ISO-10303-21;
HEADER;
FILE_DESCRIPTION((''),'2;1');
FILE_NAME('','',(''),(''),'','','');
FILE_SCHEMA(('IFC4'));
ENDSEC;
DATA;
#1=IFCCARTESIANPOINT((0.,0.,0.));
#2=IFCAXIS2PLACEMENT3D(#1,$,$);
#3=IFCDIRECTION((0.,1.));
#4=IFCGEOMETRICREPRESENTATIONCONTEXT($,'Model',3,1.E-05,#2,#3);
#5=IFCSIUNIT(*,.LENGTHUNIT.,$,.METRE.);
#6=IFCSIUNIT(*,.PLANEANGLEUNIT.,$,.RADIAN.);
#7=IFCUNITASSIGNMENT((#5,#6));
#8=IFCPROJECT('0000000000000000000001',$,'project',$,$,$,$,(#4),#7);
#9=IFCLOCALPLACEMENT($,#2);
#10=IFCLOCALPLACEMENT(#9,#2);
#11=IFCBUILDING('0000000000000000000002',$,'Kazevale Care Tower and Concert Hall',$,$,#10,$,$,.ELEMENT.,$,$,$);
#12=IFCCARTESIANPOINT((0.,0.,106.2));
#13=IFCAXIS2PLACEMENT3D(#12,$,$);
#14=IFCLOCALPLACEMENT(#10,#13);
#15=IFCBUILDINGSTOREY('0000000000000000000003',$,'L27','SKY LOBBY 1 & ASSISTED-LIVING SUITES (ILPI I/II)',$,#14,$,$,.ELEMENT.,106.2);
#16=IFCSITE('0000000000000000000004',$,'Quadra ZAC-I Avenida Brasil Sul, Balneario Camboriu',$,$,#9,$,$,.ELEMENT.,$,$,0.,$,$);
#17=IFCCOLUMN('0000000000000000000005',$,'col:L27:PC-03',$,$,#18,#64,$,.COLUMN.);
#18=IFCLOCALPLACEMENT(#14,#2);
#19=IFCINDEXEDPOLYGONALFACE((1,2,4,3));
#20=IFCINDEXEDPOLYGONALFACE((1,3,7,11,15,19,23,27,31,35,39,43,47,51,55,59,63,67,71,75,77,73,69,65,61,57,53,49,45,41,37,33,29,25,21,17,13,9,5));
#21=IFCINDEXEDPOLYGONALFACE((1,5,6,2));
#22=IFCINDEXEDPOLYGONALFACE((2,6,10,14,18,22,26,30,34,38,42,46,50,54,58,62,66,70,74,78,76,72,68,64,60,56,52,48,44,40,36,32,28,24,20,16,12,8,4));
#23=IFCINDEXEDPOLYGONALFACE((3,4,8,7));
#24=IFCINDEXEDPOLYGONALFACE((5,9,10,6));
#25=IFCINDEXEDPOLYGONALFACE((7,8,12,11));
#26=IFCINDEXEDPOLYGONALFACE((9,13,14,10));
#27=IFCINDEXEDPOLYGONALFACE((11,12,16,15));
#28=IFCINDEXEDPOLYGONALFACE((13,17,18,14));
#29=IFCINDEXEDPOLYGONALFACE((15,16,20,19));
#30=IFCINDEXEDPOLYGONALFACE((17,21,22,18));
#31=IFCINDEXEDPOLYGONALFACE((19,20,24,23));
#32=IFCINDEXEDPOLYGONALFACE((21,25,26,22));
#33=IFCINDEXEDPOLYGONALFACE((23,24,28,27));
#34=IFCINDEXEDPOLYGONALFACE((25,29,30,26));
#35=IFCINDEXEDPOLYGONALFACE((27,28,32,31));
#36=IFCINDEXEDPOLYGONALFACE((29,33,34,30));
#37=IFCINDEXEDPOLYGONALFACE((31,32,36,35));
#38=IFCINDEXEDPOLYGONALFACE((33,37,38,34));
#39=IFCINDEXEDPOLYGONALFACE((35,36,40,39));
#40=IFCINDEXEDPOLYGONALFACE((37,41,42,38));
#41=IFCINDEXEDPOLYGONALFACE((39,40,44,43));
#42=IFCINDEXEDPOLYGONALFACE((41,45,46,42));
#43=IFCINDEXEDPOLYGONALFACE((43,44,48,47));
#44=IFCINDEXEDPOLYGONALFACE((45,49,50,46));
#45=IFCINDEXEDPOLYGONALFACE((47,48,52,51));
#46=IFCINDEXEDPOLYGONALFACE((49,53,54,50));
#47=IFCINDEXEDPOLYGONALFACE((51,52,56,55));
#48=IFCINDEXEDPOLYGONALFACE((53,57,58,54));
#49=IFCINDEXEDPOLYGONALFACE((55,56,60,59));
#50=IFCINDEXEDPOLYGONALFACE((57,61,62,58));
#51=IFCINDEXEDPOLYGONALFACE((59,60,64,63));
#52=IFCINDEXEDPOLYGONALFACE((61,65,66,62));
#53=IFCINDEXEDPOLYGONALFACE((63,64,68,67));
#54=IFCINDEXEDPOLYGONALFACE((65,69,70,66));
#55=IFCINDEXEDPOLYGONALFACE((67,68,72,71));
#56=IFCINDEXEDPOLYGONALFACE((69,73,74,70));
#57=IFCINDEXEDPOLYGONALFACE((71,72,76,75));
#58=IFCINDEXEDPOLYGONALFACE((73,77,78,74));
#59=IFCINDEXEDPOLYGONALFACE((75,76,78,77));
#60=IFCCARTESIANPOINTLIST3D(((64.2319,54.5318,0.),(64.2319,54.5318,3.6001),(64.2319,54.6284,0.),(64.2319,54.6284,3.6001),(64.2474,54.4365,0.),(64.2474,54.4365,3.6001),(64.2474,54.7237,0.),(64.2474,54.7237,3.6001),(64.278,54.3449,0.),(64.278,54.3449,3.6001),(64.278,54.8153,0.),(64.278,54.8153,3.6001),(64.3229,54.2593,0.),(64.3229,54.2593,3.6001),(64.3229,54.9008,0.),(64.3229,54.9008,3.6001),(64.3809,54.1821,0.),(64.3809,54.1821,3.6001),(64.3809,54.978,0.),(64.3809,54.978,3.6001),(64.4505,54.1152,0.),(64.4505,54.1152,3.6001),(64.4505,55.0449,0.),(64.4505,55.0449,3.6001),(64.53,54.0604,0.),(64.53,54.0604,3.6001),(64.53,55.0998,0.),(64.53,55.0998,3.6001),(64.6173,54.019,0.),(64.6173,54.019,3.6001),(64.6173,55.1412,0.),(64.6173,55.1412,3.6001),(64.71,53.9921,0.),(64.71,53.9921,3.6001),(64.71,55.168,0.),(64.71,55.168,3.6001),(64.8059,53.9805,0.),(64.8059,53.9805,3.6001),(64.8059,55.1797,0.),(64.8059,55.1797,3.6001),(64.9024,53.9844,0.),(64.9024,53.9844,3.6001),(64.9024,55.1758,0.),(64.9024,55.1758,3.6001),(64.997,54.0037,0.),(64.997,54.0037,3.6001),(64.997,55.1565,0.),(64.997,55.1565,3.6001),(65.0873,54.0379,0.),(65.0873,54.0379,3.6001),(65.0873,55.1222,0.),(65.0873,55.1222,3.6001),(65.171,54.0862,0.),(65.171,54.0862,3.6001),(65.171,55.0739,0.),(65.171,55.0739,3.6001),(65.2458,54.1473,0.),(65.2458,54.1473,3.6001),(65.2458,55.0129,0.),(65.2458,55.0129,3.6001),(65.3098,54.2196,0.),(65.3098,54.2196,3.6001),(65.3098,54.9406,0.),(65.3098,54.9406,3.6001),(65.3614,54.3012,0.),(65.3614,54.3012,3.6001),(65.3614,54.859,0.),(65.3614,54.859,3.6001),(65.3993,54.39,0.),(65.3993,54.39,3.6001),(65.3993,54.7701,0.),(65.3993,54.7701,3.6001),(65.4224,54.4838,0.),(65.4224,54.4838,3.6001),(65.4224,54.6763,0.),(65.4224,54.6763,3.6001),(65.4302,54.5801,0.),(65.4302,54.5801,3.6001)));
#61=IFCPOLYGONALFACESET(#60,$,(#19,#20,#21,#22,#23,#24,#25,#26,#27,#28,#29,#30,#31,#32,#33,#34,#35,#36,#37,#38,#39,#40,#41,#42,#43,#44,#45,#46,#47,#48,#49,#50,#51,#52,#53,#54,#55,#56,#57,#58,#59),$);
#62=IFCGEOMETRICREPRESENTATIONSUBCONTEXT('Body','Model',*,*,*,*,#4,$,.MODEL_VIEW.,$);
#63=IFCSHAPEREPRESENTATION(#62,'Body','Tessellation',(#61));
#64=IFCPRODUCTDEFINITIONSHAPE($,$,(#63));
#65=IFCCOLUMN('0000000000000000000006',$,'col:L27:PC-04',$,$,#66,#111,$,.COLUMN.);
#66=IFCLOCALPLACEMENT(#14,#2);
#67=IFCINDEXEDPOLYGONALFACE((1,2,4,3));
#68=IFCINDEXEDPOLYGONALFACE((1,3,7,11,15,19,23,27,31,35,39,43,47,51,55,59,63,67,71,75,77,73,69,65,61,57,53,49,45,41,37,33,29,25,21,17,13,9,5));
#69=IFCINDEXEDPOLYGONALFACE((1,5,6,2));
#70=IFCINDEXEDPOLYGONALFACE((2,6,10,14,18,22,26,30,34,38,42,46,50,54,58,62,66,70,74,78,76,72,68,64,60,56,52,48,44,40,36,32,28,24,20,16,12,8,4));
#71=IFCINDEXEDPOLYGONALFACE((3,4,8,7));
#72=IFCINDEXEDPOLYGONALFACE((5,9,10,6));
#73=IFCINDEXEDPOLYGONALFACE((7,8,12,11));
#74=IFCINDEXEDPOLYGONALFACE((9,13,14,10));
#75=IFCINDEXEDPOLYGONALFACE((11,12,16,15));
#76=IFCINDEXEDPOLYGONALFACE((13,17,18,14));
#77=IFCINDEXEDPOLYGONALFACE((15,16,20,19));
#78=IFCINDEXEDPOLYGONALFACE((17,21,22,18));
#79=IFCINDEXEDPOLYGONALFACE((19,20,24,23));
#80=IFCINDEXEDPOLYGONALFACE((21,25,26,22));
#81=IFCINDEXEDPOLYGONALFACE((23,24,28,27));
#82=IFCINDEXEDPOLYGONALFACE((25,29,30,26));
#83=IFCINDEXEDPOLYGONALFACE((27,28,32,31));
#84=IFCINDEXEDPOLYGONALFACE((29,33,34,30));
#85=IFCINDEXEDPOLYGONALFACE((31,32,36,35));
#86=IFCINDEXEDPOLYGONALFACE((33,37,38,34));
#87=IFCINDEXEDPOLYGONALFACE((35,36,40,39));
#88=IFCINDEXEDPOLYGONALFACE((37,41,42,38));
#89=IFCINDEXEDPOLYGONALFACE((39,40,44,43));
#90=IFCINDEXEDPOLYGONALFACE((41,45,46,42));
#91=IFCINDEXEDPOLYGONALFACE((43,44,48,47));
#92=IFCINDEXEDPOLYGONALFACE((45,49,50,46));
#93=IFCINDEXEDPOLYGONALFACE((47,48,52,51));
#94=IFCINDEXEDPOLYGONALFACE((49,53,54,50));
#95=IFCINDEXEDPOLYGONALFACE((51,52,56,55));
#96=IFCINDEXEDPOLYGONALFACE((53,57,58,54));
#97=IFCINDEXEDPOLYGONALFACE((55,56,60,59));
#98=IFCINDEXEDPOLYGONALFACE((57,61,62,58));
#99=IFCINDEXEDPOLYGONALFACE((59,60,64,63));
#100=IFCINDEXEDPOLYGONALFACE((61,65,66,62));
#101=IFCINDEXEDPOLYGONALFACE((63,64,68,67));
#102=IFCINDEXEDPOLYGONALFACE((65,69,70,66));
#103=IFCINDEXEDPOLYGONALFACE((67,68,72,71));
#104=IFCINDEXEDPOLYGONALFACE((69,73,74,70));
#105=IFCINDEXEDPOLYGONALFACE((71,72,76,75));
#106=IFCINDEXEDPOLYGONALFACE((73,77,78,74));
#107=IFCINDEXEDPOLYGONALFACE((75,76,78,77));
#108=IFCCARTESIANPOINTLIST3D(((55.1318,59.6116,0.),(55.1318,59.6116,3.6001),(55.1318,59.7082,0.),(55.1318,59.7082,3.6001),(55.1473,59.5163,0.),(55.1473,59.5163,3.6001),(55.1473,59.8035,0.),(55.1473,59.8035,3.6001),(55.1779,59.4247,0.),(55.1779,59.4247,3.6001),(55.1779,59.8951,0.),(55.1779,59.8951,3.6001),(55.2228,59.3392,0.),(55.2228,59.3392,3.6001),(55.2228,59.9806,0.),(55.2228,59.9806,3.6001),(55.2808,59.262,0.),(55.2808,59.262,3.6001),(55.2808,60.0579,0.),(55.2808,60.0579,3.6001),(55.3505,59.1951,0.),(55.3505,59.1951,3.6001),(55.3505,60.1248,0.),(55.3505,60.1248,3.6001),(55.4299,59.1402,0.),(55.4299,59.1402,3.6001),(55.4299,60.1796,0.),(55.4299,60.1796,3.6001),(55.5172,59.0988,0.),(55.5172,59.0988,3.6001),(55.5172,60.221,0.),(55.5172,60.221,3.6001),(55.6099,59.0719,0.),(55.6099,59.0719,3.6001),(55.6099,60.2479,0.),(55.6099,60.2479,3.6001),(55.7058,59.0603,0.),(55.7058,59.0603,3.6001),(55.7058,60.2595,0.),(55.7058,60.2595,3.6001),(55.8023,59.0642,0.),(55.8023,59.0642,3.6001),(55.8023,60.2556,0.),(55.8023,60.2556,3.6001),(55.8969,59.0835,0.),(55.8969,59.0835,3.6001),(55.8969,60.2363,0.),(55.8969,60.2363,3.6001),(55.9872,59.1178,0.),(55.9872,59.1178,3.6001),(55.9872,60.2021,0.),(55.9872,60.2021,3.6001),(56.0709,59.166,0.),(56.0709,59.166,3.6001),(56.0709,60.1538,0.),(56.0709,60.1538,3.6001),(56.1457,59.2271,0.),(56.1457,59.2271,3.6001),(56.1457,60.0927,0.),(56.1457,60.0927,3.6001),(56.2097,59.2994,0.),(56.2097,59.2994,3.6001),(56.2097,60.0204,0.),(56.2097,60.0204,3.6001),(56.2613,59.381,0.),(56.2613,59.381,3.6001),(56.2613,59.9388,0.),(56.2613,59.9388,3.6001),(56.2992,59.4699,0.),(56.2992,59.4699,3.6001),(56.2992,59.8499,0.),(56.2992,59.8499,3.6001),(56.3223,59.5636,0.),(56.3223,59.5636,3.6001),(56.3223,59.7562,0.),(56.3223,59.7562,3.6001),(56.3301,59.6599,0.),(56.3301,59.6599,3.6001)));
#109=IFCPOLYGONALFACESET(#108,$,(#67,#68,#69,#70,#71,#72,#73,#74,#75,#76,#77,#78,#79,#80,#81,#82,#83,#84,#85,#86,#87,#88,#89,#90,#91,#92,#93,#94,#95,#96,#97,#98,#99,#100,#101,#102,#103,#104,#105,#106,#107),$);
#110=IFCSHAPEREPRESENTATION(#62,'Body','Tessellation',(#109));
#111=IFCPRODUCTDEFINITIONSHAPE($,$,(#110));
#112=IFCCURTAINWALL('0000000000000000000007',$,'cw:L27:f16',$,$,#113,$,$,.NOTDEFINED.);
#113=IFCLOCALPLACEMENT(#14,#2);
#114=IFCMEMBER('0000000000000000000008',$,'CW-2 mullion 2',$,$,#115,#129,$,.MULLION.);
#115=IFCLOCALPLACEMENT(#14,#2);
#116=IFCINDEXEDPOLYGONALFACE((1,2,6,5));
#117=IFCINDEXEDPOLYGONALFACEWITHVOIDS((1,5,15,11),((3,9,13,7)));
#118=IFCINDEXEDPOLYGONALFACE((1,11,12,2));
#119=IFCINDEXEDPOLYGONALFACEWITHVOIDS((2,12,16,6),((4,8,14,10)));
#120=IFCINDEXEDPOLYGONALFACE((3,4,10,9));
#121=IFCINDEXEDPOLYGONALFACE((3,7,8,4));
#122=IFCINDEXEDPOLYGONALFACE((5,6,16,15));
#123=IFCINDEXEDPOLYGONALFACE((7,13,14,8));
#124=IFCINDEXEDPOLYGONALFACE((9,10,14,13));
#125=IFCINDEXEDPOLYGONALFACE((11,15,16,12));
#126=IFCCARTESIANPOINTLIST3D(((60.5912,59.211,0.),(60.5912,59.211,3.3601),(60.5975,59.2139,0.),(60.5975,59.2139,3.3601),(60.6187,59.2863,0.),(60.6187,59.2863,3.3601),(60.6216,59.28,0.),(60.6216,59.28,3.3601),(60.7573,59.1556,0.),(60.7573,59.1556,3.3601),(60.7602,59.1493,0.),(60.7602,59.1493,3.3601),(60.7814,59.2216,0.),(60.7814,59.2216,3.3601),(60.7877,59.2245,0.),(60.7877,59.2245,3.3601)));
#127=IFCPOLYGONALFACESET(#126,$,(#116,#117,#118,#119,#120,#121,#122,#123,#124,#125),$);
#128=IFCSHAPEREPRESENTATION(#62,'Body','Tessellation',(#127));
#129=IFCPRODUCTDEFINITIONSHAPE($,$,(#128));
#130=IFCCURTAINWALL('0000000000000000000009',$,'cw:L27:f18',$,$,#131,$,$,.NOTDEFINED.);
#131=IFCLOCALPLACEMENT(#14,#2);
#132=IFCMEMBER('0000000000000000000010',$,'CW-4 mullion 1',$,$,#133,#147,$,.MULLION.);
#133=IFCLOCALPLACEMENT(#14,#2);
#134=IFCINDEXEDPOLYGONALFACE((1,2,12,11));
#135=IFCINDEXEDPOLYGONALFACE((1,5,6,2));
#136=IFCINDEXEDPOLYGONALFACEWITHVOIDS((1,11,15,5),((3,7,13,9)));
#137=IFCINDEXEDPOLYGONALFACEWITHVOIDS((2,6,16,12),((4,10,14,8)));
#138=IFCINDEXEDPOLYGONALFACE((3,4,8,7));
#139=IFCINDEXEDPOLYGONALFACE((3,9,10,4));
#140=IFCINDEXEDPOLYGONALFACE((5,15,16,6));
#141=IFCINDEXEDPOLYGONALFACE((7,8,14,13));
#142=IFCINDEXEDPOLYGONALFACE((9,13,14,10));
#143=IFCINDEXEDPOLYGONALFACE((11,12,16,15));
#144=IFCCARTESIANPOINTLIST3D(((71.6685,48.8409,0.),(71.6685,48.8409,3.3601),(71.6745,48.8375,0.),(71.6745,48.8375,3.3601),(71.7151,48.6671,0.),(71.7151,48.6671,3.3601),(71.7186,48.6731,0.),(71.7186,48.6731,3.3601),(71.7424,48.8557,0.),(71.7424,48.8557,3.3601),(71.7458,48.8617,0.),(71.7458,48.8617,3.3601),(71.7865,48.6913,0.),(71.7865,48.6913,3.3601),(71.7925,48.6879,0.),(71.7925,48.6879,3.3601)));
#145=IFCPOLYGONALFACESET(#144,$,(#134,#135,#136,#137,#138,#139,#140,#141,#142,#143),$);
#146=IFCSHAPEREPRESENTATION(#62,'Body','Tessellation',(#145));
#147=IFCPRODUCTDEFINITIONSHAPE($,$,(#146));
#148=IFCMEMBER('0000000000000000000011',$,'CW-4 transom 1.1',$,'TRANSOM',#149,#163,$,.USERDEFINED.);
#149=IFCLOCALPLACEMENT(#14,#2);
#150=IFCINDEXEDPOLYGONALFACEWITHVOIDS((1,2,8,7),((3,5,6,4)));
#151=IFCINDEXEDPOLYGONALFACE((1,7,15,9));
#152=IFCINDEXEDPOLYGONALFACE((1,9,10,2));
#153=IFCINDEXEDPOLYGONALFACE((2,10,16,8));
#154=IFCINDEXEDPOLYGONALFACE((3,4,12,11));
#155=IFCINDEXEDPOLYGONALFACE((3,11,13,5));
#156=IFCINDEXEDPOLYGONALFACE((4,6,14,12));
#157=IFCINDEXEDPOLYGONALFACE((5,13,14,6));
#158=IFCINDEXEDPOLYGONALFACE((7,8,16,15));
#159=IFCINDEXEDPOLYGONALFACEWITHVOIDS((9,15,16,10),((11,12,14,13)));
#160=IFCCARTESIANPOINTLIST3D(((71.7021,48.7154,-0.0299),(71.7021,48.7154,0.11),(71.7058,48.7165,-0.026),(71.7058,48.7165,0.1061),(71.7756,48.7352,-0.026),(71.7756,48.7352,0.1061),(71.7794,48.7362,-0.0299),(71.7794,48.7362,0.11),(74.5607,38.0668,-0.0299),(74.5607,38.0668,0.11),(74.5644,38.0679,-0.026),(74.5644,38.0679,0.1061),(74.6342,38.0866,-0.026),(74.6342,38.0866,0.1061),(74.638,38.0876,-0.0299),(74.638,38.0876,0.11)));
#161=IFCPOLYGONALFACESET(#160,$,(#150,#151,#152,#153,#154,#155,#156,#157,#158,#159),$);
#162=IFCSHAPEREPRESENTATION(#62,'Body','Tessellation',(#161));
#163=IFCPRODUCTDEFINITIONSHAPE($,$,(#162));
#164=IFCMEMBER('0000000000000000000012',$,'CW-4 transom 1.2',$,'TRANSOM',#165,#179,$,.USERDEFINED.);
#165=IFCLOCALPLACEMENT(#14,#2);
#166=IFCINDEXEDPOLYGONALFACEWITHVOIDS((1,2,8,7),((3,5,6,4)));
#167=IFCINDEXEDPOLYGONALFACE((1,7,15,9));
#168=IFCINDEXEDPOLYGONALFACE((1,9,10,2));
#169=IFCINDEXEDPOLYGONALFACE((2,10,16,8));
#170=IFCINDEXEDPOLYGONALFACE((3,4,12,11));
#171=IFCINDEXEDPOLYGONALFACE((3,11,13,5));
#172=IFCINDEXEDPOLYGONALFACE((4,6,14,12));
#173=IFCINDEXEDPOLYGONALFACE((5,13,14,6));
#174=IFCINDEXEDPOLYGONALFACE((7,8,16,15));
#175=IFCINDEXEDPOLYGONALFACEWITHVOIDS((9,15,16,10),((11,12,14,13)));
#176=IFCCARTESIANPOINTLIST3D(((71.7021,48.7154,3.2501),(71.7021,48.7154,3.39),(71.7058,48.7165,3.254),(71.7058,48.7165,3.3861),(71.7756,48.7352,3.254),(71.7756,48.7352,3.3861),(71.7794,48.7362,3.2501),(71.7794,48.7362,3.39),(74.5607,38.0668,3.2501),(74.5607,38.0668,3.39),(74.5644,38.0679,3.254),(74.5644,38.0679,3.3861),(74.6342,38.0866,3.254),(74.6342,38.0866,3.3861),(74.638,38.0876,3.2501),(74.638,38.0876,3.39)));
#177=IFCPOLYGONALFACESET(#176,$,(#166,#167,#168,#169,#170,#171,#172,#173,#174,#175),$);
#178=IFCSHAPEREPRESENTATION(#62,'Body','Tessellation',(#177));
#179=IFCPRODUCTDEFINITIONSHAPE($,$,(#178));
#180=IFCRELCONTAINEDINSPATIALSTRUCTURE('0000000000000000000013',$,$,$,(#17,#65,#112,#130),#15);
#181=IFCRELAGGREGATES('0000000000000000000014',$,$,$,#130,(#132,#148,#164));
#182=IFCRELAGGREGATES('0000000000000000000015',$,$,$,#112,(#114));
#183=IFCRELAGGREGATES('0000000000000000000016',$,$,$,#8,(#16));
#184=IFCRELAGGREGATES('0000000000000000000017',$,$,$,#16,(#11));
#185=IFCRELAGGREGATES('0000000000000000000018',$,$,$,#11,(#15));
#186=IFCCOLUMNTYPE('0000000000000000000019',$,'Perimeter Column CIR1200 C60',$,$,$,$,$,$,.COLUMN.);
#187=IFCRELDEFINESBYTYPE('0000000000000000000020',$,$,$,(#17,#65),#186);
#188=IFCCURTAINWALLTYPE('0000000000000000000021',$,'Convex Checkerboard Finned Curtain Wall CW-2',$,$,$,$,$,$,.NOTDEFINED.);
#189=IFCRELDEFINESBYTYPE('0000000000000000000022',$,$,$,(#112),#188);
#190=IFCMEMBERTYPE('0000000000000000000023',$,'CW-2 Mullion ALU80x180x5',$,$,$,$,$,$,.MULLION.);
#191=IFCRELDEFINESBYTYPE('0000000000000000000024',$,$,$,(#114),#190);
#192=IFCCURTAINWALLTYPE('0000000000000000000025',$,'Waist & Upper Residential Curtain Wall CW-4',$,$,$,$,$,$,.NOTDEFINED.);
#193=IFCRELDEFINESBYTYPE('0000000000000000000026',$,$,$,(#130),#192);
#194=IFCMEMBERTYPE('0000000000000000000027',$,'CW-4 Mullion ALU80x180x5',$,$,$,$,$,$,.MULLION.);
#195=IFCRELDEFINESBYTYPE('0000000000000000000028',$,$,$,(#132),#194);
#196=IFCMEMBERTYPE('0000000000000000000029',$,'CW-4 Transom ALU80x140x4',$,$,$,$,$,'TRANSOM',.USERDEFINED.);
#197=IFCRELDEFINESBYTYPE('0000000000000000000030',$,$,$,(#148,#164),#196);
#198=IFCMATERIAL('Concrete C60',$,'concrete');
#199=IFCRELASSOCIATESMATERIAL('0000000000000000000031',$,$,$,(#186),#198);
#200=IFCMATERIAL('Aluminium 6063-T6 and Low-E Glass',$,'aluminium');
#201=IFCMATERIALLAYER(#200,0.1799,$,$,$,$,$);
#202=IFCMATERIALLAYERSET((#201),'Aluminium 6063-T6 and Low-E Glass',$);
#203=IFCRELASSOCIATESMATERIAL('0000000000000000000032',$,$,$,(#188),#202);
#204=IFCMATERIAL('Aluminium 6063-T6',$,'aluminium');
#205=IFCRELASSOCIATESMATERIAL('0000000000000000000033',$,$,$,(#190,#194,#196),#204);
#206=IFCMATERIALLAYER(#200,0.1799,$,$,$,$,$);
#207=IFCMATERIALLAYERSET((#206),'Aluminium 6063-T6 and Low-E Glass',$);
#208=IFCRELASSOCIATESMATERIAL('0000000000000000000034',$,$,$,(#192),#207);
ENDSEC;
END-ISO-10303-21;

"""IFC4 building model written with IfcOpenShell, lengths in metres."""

from ifc_helpers import new_model, si_unit, direction, frame, origin, origin_2d, place, context, subcontext, project, spatial, hollow_rectangle, circle, extrude, material, layer, layer_set, material_profile, profile_set, type_object, element, aggregate, save


model = new_model("IFC4")

# Units and contexts
model_context = context("Model", 3, precision=1e-05, world=origin(), true_north=direction((0.0, 1.0)))
body_context = subcontext(model_context, "Body", "Model", "MODEL_VIEW")
ifc_project = project(units=[si_unit("LENGTHUNIT", "METRE"), si_unit("PLANEANGLEUNIT", "RADIAN")], contexts=[model_context])

# Site, building, storey
site_placement = place(None, origin())
site = spatial("IfcSite", under=ifc_project, at=site_placement, Name="Quadra ZAC-I Avenida Brasil Sul, Balneario Camboriu", CompositionType="ELEMENT", RefElevation=0.0)
building_placement = place(site_placement, origin())
building = spatial("IfcBuilding", under=site, at=building_placement, Name="Kazevale Care Tower and Concert Hall", CompositionType="ELEMENT")
storey_placement = place(building_placement, frame((0.0, 0.0, 106.2)))
storey = spatial("IfcBuildingStorey", under=building, at=storey_placement, Name="L27", Description="SKY LOBBY 1 & ASSISTED-LIVING SUITES (ILPI I/II)", CompositionType="ELEMENT", Elevation=106.2)

# Columns
ifc_material_1 = material(Name="Concrete C60", Category="concrete")
ifc_material_profile_1 = material_profile(ifc_material_1, circle(Radius=0.6001, at=origin_2d()), Name="RC-CIR1200")
ifc_profile_set_1 = profile_set([ifc_material_profile_1], Name="Concrete C60")
column_type = type_object("IfcColumnType", Name="Perimeter Column CIR1200 C60", PredefinedType="COLUMN", material=ifc_profile_set_1)
for number, where, z_axis, x_axis, name in (
    (1, (64.8301, 54.5801, 0.0), (0.0, 0.0, 1.0), (1.0, 0.0, 0.0), "col:L27:PC-03"),
    (2, (55.73, 59.6599, 0.0), (0.0, 0.0, 1.0), (1.0, 0.0, 0.0), "col:L27:PC-04"),
):
    element("IfcColumn", number, at=place(storey_placement, frame(where, z_axis=z_axis, x_axis=x_axis)), inside=storey, type_object=column_type, Name=name, PredefinedType="COLUMN", context=body_context, shape_type="SweptSolid", body=[
        extrude(circle(Radius=0.6001, at=origin_2d()), origin(), (0.0, 0.0, 1.0), 3.6001),
    ])

# Curtain wall, member
ifc_material_2 = material(Name="Aluminium 6063-T6 and Low-E Glass", Category="aluminium")
ifc_layer_1 = layer(ifc_material_2, 0.1799)
ifc_layer_set_1 = layer_set([ifc_layer_1], Name="Aluminium 6063-T6 and Low-E Glass")
curtain_wall_type_1 = type_object("IfcCurtainWallType", Name="Convex Checkerboard Finned Curtain Wall CW-2", PredefinedType="NOTDEFINED", material=ifc_layer_set_1)
curtain_wall_1_placement = place(storey_placement, origin())
curtain_wall_1 = element("IfcCurtainWall", 3, at=curtain_wall_1_placement, inside=storey, type_object=curtain_wall_type_1, Name="cw:L27:f16", PredefinedType="NOTDEFINED")
ifc_material_3 = material(Name="Aluminium 6063-T6", Category="aluminium")
ifc_material_profile_2 = material_profile(ifc_material_3, hollow_rectangle(XDim=0.0801, YDim=0.1799, WallThickness=0.0049, at=origin_2d()), Name="ALU80x180x5")
ifc_profile_set_2 = profile_set([ifc_material_profile_2], Name="Aluminium 6063-T6")
member_type_1 = type_object("IfcMemberType", Name="CW-2 Mullion ALU80x180x5", PredefinedType="MULLION", material=ifc_profile_set_2)
member_1_placement = place(storey_placement, frame((60.6895, 59.2178, 0.0), z_axis=(0.0, 0.0, 1.0), x_axis=(0.343143, 0.939283, 0.0)))
member_1 = element("IfcMember", 4, at=member_1_placement, type_object=member_type_1, Name="CW-2 mullion 2", PredefinedType="MULLION", context=body_context, shape_type="SweptSolid", body=[
    extrude(hollow_rectangle(XDim=0.0801, YDim=0.1799, WallThickness=0.0049, at=origin_2d()), origin(), (0.0, 0.0, 1.0), 3.3601),
])

# Curtain wall, members
ifc_layer_2 = layer(ifc_material_2, 0.1799)
ifc_layer_set_2 = layer_set([ifc_layer_2], Name="Aluminium 6063-T6 and Low-E Glass")
curtain_wall_type_2 = type_object("IfcCurtainWallType", Name="Waist & Upper Residential Curtain Wall CW-4", PredefinedType="NOTDEFINED", material=ifc_layer_set_2)
curtain_wall_2_placement = place(storey_placement, origin())
curtain_wall_2 = element("IfcCurtainWall", 5, at=curtain_wall_2_placement, inside=storey, type_object=curtain_wall_type_2, Name="cw:L27:f18", PredefinedType="NOTDEFINED")
ifc_material_profile_3 = material_profile(ifc_material_3, hollow_rectangle(XDim=0.0801, YDim=0.1799, WallThickness=0.0049, at=origin_2d()), Name="ALU80x180x5")
ifc_profile_set_3 = profile_set([ifc_material_profile_3], Name="Aluminium 6063-T6")
member_type_2 = type_object("IfcMemberType", Name="CW-4 Mullion ALU80x180x5", PredefinedType="MULLION", material=ifc_profile_set_3)
member_2_placement = place(storey_placement, frame((71.7305, 48.7644, 0.0), z_axis=(0.0, 0.0, 1.0), x_axis=(0.965806, 0.259265, 0.0)))
member_2 = element("IfcMember", 6, at=member_2_placement, type_object=member_type_2, Name="CW-4 mullion 1", PredefinedType="MULLION", context=body_context, shape_type="SweptSolid", body=[
    extrude(hollow_rectangle(XDim=0.0801, YDim=0.1799, WallThickness=0.0049, at=origin_2d()), origin(), (0.0, 0.0, 1.0), 3.3601),
])
ifc_material_profile_4 = material_profile(ifc_material_3, hollow_rectangle(XDim=0.0801, YDim=0.1399, WallThickness=0.0039, at=origin_2d()), Name="ALU80x140x4")
ifc_profile_set_4 = profile_set([ifc_material_profile_4], Name="Aluminium 6063-T6")
member_type_3 = type_object("IfcMemberType", Name="CW-4 Transom ALU80x140x4", ElementType="TRANSOM", PredefinedType="USERDEFINED", material=ifc_profile_set_4)
member_3_placement = place(storey_placement, frame((71.7407, 48.7258, 0.04), z_axis=(0.259271, -0.965805, 0.0), x_axis=(0.965805, 0.259271, 0.0)))
member_3 = element("IfcMember", 7, at=member_3_placement, type_object=member_type_3, Name="CW-4 transom 1.1", ObjectType="TRANSOM", PredefinedType="USERDEFINED", context=body_context, shape_type="SweptSolid", body=[
    extrude(hollow_rectangle(XDim=0.0801, YDim=0.1399, WallThickness=0.0039, at=origin_2d()), origin(), (0.0, 0.0, 1.0), 11.0256),
])
member_4_placement = place(storey_placement, frame((71.7407, 48.7258, 3.3201), z_axis=(0.259271, -0.965805, 0.0), x_axis=(0.965805, 0.259271, 0.0)))
member_4 = element("IfcMember", 8, at=member_4_placement, type_object=member_type_3, Name="CW-4 transom 1.2", ObjectType="TRANSOM", PredefinedType="USERDEFINED", context=body_context, shape_type="SweptSolid", body=[
    extrude(hollow_rectangle(XDim=0.0801, YDim=0.1399, WallThickness=0.0039, at=origin_2d()), origin(), (0.0, 0.0, 1.0), 11.0256),
])
aggregate(curtain_wall_2, [member_2, member_3, member_4])

aggregate(curtain_wall_1, [member_1])

save(model, "model.ifc")
